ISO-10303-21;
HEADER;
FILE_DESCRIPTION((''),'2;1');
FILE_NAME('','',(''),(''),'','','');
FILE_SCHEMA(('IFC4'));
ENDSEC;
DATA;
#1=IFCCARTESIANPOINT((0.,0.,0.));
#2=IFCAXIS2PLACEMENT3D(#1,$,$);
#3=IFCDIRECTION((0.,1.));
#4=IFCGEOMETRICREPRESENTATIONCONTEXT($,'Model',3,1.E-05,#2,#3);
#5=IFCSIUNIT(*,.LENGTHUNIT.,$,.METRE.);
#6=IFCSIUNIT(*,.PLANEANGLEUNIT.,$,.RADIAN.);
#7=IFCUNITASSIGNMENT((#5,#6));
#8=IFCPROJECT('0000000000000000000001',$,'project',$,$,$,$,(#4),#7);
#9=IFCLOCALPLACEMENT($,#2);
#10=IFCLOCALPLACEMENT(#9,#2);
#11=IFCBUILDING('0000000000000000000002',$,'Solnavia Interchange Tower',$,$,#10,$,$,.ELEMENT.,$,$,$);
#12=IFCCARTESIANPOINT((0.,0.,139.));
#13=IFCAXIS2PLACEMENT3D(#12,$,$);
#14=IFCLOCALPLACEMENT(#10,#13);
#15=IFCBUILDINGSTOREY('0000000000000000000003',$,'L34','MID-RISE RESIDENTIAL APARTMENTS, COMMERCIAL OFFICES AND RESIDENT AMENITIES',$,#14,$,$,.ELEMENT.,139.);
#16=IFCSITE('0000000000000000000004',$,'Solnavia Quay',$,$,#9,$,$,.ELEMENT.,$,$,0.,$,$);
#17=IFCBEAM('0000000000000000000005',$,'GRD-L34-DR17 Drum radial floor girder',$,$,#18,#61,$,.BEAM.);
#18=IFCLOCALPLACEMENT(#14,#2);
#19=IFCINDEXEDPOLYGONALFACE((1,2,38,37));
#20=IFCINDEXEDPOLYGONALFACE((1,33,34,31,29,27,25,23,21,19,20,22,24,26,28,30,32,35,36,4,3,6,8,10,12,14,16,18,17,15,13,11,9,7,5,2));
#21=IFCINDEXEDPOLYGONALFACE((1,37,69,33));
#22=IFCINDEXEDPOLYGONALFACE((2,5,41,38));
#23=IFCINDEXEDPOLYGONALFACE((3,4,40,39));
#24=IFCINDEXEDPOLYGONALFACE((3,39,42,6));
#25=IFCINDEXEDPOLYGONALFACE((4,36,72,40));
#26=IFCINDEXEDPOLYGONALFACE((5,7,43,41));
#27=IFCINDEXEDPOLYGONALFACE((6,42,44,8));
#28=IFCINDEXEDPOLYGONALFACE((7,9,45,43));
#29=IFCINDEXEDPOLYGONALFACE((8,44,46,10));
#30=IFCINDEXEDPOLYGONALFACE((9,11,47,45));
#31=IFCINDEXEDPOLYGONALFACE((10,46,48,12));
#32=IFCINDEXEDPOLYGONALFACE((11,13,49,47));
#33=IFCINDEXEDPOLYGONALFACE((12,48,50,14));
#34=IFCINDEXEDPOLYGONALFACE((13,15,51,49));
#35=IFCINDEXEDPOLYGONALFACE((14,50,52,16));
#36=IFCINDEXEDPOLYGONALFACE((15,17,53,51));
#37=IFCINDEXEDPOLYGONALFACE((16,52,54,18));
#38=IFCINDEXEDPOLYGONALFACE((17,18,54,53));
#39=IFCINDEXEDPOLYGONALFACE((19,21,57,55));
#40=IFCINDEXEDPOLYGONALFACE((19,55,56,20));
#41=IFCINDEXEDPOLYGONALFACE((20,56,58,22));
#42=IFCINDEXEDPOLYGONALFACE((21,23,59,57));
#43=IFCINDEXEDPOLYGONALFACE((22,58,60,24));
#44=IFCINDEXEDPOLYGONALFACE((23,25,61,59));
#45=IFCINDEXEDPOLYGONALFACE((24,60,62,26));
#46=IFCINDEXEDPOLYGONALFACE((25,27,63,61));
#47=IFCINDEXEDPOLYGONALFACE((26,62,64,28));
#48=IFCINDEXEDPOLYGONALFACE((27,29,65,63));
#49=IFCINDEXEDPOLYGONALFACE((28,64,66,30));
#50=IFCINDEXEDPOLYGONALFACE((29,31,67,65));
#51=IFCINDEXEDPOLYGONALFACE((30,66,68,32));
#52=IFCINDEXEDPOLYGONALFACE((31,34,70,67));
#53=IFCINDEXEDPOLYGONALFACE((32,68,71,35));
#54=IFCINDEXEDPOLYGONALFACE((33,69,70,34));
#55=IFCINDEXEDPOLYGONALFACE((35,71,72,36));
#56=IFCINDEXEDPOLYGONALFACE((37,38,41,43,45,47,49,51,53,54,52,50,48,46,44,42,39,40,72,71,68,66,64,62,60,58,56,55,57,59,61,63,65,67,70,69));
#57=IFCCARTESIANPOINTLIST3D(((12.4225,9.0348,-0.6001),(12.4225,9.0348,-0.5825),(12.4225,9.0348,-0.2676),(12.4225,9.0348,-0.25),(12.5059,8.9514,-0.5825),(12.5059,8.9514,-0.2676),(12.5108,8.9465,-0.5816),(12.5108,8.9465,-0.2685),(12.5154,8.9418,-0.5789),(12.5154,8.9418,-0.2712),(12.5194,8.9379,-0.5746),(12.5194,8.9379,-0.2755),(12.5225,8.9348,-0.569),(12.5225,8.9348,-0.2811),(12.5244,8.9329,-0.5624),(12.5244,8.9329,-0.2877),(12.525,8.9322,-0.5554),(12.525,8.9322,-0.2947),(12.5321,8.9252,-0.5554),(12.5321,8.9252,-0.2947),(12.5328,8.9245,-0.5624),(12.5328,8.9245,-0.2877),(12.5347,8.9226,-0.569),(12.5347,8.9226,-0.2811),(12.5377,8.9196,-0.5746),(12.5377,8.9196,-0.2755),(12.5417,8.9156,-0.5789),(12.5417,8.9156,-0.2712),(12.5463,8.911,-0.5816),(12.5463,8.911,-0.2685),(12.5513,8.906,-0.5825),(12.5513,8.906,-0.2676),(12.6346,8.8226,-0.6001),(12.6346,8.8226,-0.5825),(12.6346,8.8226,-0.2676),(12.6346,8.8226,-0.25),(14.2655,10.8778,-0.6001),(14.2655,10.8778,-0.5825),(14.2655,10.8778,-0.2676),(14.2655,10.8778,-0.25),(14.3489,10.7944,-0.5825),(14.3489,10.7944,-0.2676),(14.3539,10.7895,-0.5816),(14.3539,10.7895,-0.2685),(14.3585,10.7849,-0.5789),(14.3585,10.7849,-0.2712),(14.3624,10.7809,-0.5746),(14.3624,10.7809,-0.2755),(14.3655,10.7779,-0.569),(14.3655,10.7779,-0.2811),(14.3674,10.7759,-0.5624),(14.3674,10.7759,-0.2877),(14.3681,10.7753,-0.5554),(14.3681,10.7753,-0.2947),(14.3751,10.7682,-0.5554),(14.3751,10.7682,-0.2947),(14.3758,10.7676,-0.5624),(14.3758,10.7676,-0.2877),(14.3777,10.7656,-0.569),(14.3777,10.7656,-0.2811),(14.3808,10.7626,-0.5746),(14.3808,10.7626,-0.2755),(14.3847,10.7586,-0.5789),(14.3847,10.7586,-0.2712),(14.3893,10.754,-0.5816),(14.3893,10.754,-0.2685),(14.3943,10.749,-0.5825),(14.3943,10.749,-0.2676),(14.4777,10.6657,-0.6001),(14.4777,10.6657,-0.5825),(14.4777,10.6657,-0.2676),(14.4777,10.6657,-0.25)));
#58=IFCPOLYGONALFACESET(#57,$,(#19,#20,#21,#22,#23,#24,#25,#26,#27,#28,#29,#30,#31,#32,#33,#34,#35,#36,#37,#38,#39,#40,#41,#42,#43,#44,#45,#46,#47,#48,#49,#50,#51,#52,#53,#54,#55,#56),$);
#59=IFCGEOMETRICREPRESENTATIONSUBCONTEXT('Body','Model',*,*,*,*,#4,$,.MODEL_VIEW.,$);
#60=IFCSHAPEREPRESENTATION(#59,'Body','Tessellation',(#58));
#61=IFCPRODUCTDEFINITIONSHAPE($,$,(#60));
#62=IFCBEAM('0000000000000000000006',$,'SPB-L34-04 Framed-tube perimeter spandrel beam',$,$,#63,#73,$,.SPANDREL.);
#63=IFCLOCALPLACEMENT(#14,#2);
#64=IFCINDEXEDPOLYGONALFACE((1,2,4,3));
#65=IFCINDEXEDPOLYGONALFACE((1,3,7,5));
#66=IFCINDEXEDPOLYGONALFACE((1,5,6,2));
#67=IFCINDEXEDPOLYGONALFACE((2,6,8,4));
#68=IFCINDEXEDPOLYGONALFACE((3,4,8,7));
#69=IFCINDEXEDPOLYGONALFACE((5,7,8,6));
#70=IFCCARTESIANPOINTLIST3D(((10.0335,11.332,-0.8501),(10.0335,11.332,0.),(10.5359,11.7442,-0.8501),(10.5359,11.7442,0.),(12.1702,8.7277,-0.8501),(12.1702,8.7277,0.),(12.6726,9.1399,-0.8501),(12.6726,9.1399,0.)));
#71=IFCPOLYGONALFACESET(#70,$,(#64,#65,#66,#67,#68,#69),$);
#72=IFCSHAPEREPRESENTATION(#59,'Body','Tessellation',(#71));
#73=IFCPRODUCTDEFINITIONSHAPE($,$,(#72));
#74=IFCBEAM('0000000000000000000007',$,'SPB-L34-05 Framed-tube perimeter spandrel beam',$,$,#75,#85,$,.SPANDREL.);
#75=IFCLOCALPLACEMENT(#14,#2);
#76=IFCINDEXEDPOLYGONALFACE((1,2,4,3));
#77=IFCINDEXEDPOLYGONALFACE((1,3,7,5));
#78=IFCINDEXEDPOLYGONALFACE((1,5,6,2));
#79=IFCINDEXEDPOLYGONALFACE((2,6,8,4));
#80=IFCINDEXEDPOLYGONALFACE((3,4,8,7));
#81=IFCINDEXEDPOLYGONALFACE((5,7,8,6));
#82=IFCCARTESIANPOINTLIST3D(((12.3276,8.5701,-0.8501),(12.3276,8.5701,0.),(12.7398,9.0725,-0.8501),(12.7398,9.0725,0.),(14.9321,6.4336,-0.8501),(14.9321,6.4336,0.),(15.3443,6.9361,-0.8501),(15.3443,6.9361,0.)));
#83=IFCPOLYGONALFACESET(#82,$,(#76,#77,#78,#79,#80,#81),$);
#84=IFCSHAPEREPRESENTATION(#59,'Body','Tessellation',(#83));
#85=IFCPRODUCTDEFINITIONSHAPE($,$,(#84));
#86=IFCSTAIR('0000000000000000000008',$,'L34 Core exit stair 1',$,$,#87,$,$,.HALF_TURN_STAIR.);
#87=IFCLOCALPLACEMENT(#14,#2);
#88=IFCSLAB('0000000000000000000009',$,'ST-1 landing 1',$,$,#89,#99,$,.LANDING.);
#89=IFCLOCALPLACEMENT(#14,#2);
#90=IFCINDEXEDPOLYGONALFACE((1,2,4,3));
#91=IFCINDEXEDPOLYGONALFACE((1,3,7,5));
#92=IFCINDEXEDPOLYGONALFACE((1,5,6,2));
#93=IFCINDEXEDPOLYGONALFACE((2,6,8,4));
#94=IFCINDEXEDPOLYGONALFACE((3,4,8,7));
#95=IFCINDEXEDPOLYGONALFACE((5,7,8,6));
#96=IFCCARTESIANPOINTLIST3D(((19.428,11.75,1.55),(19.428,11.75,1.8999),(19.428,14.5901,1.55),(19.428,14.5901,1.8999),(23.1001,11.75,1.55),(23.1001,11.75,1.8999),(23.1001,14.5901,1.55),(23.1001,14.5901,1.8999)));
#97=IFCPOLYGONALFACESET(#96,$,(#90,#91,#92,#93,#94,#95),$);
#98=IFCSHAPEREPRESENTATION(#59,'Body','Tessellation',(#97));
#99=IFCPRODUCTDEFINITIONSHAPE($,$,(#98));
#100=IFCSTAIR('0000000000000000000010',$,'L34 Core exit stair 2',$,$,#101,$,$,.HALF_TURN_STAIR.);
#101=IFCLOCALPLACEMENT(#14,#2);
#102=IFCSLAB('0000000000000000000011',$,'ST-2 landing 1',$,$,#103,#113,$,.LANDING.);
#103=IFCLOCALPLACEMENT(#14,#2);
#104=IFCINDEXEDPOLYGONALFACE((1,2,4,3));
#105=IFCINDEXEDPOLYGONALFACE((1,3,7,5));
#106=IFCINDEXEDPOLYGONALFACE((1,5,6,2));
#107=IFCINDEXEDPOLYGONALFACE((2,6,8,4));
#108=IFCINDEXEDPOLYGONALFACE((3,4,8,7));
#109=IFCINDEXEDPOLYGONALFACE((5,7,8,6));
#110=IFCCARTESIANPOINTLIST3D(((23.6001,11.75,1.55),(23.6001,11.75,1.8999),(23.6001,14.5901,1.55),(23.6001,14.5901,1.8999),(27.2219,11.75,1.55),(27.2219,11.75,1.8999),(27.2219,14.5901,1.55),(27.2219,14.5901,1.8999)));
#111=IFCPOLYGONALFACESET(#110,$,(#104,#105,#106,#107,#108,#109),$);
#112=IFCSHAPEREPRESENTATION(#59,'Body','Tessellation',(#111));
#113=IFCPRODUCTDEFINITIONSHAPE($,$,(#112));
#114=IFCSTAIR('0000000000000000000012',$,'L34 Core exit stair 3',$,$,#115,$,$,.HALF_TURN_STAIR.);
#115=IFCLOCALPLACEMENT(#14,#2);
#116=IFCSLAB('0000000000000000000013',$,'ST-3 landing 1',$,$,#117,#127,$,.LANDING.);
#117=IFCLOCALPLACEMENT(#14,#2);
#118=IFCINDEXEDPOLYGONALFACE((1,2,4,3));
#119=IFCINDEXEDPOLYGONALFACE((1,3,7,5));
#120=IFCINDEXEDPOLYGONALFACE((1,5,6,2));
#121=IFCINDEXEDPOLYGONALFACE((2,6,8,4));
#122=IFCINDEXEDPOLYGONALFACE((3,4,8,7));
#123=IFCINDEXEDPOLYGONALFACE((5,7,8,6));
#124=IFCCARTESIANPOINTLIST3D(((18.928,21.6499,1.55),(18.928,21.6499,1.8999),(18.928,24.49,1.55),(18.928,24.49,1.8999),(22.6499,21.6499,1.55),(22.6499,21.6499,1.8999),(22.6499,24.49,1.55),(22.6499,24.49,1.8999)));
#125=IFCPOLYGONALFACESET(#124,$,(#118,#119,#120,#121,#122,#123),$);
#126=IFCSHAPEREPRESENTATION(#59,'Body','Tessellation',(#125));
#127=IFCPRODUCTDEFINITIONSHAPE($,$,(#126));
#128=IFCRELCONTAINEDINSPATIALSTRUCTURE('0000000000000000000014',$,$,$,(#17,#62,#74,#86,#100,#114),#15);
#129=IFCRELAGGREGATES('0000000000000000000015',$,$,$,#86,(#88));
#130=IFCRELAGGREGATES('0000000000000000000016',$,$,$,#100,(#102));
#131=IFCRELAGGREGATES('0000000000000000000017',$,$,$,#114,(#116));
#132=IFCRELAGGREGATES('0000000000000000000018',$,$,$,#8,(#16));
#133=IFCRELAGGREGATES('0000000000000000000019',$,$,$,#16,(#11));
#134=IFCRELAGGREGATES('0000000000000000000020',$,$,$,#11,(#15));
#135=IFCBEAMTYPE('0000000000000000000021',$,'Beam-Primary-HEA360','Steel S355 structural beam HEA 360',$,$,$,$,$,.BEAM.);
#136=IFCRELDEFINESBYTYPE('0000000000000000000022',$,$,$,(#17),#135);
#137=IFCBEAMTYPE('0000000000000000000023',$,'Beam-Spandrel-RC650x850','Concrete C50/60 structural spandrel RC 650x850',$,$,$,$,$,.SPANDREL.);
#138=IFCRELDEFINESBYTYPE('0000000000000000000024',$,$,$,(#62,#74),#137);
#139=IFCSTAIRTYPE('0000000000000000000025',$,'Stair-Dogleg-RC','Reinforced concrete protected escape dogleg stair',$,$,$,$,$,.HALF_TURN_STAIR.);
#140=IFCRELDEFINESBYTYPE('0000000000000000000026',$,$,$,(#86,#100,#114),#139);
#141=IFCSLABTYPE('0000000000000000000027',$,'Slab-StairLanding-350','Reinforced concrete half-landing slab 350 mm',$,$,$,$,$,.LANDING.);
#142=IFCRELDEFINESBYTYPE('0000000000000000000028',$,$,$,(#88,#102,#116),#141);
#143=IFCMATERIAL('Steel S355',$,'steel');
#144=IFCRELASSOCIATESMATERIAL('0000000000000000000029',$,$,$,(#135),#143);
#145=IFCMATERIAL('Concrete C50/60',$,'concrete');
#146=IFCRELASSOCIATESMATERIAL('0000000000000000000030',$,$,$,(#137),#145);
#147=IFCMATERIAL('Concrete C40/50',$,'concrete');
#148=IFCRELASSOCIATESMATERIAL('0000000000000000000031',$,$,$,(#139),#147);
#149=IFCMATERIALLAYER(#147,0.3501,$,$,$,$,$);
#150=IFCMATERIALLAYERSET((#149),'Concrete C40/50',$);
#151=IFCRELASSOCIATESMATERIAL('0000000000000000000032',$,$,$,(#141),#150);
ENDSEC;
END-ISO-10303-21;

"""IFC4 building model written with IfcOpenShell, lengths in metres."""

from ifc_helpers import new_model, si_unit, direction, frame, origin, origin_2d, place, context, subcontext, project, spatial, polyline, rectangle, i_section, outline, extrude, material, layer, layer_set, material_profile, profile_set, type_object, element, aggregate, save


model = new_model("IFC4")

# Units and contexts
model_context = context("Model", 3, precision=1e-05, world=origin(), true_north=direction((0.0, 1.0)))
body_context = subcontext(model_context, "Body", "Model", "MODEL_VIEW")
ifc_project = project(units=[si_unit("LENGTHUNIT", "METRE"), si_unit("PLANEANGLEUNIT", "RADIAN")], contexts=[model_context])

# Site, building, storey
site_placement = place(None, origin())
site = spatial("IfcSite", under=ifc_project, at=site_placement, Name="Solnavia Quay", CompositionType="ELEMENT", RefElevation=0.0)
building_placement = place(site_placement, origin())
building = spatial("IfcBuilding", under=site, at=building_placement, Name="Solnavia Interchange Tower", CompositionType="ELEMENT")
storey_placement = place(building_placement, frame((0.0, 0.0, 139.0)))
storey = spatial("IfcBuildingStorey", under=building, at=storey_placement, Name="L34", Description="MID-RISE RESIDENTIAL APARTMENTS, COMMERCIAL OFFICES AND RESIDENT AMENITIES", CompositionType="ELEMENT", Elevation=139.0)

# Shared definitions
ifc_material_1 = material(Name="Concrete C50/60", Category="concrete")
ifc_material_2 = material(Name="Steel S355", Category="steel")

# Beams
ifc_material_profile_1 = material_profile(ifc_material_2, i_section(OverallWidth=0.3, OverallDepth=0.3501, WebThickness=0.01, FlangeThickness=0.0176, FilletRadius=0.0271, at=origin_2d()), Name="HEA 360")
ifc_profile_set_1 = profile_set([ifc_material_profile_1], Name="Steel S355")
beam_type_1 = type_object("IfcBeamType", Name="Beam-Primary-HEA360", Description="Steel S355 structural beam HEA 360", PredefinedType="BEAM", material=ifc_profile_set_1)
beam_1_placement = place(storey_placement, frame((12.5286, 8.9287, -0.425), z_axis=(0.707107, 0.707107, 0.0), x_axis=(-0.707107, 0.707107, 0.0)))
element("IfcBeam", 1, at=beam_1_placement, inside=storey, type_object=beam_type_1, Name="GRD-L34-DR17 Drum radial floor girder", PredefinedType="BEAM", context=body_context, shape_type="SweptSolid", body=[
    extrude(i_section(OverallWidth=0.3, OverallDepth=0.3501, WebThickness=0.01, FlangeThickness=0.0176, FilletRadius=0.0271, at=origin_2d()), origin(), (0.0, 0.0, 1.0), 2.6064),
])
ifc_material_profile_2 = material_profile(ifc_material_1, rectangle(XDim=0.6499, YDim=0.8501, at=origin_2d()), Name="RC 650x850")
ifc_profile_set_2 = profile_set([ifc_material_profile_2], Name="Concrete C50/60")
beam_type_2 = type_object("IfcBeamType", Name="Beam-Spandrel-RC650x850", Description="Concrete C50/60 structural spandrel RC 650x850", PredefinedType="SPANDREL", material=ifc_profile_set_2)
for number, where, z_axis, x_axis, name in (
    (2, (10.2847, 11.5381, -0.425), (0.634299, -0.773088, 0.0), (0.773088, 0.634299, 0.0), "SPB-L34-04 Framed-tube perimeter spandrel beam"),
    (3, (12.5337, 8.8213, -0.425), (0.773153, -0.63422, 0.0), (0.63422, 0.773153, 0.0), "SPB-L34-05 Framed-tube perimeter spandrel beam"),
):
    element("IfcBeam", number, at=place(storey_placement, frame(where, z_axis=z_axis, x_axis=x_axis)), inside=storey, type_object=beam_type_2, Name=name, PredefinedType="SPANDREL", context=body_context, shape_type="SweptSolid", body=[
        extrude(rectangle(XDim=0.6499, YDim=0.8501, at=origin_2d()), origin(), (0.0, 0.0, 1.0), 3.3687),
    ])

# Stairs, slabs
ifc_material_3 = material(Name="Concrete C40/50", Category="concrete")
stair_type = type_object("IfcStairType", Name="Stair-Dogleg-RC", Description="Reinforced concrete protected escape dogleg stair", PredefinedType="HALF_TURN_STAIR", material=ifc_material_3)
stair_1_placement = place(storey_placement, origin())
stair_1 = element("IfcStair", 4, at=stair_1_placement, inside=storey, type_object=stair_type, Name="L34 Core exit stair 1", PredefinedType="HALF_TURN_STAIR")
ifc_layer_1 = layer(ifc_material_3, 0.3501)
ifc_layer_set_1 = layer_set([ifc_layer_1], Name="Concrete C40/50")
slab_type_1 = type_object("IfcSlabType", Name="Slab-StairLanding-350", Description="Reinforced concrete half-landing slab 350 mm", PredefinedType="LANDING", material=ifc_layer_set_1)
slab_1_placement = place(storey_placement, frame((0.0, 0.0, 1.55)))
slab_1 = element("IfcSlab", 5, at=slab_1_placement, type_object=slab_type_1, Name="ST-1 landing 1", PredefinedType="LANDING", context=body_context, shape_type="SweptSolid", body=[
    extrude(outline(polyline([(19.428, 11.75), (23.1001, 11.75), (23.1001, 14.5901), (19.428, 14.5901), (19.428, 11.75)])), origin(), (0.0, 0.0, 1.0), 0.3499),
])
aggregate(stair_1, [slab_1])
stair_2_placement = place(storey_placement, origin())
stair_2 = element("IfcStair", 6, at=stair_2_placement, inside=storey, type_object=stair_type, Name="L34 Core exit stair 2", PredefinedType="HALF_TURN_STAIR")
slab_2_placement = place(storey_placement, frame((0.0, 0.0, 1.55)))
slab_2 = element("IfcSlab", 7, at=slab_2_placement, type_object=slab_type_1, Name="ST-2 landing 1", PredefinedType="LANDING", context=body_context, shape_type="SweptSolid", body=[
    extrude(outline(polyline([(23.6001, 11.75), (27.2219, 11.75), (27.2219, 14.5901), (23.6001, 14.5901), (23.6001, 11.75)])), origin(), (0.0, 0.0, 1.0), 0.3499),
])
aggregate(stair_2, [slab_2])
stair_3_placement = place(storey_placement, origin())
stair_3 = element("IfcStair", 8, at=stair_3_placement, inside=storey, type_object=stair_type, Name="L34 Core exit stair 3", PredefinedType="HALF_TURN_STAIR")
slab_3_placement = place(storey_placement, frame((0.0, 0.0, 1.55)))
slab_3 = element("IfcSlab", 9, at=slab_3_placement, type_object=slab_type_1, Name="ST-3 landing 1", PredefinedType="LANDING", context=body_context, shape_type="SweptSolid", body=[
    extrude(outline(polyline([(18.928, 21.6499), (22.6499, 21.6499), (22.6499, 24.49), (18.928, 24.49), (18.928, 21.6499)])), origin(), (0.0, 0.0, 1.0), 0.3499),
])
aggregate(stair_3, [slab_3])

save(model, "model.ifc")
